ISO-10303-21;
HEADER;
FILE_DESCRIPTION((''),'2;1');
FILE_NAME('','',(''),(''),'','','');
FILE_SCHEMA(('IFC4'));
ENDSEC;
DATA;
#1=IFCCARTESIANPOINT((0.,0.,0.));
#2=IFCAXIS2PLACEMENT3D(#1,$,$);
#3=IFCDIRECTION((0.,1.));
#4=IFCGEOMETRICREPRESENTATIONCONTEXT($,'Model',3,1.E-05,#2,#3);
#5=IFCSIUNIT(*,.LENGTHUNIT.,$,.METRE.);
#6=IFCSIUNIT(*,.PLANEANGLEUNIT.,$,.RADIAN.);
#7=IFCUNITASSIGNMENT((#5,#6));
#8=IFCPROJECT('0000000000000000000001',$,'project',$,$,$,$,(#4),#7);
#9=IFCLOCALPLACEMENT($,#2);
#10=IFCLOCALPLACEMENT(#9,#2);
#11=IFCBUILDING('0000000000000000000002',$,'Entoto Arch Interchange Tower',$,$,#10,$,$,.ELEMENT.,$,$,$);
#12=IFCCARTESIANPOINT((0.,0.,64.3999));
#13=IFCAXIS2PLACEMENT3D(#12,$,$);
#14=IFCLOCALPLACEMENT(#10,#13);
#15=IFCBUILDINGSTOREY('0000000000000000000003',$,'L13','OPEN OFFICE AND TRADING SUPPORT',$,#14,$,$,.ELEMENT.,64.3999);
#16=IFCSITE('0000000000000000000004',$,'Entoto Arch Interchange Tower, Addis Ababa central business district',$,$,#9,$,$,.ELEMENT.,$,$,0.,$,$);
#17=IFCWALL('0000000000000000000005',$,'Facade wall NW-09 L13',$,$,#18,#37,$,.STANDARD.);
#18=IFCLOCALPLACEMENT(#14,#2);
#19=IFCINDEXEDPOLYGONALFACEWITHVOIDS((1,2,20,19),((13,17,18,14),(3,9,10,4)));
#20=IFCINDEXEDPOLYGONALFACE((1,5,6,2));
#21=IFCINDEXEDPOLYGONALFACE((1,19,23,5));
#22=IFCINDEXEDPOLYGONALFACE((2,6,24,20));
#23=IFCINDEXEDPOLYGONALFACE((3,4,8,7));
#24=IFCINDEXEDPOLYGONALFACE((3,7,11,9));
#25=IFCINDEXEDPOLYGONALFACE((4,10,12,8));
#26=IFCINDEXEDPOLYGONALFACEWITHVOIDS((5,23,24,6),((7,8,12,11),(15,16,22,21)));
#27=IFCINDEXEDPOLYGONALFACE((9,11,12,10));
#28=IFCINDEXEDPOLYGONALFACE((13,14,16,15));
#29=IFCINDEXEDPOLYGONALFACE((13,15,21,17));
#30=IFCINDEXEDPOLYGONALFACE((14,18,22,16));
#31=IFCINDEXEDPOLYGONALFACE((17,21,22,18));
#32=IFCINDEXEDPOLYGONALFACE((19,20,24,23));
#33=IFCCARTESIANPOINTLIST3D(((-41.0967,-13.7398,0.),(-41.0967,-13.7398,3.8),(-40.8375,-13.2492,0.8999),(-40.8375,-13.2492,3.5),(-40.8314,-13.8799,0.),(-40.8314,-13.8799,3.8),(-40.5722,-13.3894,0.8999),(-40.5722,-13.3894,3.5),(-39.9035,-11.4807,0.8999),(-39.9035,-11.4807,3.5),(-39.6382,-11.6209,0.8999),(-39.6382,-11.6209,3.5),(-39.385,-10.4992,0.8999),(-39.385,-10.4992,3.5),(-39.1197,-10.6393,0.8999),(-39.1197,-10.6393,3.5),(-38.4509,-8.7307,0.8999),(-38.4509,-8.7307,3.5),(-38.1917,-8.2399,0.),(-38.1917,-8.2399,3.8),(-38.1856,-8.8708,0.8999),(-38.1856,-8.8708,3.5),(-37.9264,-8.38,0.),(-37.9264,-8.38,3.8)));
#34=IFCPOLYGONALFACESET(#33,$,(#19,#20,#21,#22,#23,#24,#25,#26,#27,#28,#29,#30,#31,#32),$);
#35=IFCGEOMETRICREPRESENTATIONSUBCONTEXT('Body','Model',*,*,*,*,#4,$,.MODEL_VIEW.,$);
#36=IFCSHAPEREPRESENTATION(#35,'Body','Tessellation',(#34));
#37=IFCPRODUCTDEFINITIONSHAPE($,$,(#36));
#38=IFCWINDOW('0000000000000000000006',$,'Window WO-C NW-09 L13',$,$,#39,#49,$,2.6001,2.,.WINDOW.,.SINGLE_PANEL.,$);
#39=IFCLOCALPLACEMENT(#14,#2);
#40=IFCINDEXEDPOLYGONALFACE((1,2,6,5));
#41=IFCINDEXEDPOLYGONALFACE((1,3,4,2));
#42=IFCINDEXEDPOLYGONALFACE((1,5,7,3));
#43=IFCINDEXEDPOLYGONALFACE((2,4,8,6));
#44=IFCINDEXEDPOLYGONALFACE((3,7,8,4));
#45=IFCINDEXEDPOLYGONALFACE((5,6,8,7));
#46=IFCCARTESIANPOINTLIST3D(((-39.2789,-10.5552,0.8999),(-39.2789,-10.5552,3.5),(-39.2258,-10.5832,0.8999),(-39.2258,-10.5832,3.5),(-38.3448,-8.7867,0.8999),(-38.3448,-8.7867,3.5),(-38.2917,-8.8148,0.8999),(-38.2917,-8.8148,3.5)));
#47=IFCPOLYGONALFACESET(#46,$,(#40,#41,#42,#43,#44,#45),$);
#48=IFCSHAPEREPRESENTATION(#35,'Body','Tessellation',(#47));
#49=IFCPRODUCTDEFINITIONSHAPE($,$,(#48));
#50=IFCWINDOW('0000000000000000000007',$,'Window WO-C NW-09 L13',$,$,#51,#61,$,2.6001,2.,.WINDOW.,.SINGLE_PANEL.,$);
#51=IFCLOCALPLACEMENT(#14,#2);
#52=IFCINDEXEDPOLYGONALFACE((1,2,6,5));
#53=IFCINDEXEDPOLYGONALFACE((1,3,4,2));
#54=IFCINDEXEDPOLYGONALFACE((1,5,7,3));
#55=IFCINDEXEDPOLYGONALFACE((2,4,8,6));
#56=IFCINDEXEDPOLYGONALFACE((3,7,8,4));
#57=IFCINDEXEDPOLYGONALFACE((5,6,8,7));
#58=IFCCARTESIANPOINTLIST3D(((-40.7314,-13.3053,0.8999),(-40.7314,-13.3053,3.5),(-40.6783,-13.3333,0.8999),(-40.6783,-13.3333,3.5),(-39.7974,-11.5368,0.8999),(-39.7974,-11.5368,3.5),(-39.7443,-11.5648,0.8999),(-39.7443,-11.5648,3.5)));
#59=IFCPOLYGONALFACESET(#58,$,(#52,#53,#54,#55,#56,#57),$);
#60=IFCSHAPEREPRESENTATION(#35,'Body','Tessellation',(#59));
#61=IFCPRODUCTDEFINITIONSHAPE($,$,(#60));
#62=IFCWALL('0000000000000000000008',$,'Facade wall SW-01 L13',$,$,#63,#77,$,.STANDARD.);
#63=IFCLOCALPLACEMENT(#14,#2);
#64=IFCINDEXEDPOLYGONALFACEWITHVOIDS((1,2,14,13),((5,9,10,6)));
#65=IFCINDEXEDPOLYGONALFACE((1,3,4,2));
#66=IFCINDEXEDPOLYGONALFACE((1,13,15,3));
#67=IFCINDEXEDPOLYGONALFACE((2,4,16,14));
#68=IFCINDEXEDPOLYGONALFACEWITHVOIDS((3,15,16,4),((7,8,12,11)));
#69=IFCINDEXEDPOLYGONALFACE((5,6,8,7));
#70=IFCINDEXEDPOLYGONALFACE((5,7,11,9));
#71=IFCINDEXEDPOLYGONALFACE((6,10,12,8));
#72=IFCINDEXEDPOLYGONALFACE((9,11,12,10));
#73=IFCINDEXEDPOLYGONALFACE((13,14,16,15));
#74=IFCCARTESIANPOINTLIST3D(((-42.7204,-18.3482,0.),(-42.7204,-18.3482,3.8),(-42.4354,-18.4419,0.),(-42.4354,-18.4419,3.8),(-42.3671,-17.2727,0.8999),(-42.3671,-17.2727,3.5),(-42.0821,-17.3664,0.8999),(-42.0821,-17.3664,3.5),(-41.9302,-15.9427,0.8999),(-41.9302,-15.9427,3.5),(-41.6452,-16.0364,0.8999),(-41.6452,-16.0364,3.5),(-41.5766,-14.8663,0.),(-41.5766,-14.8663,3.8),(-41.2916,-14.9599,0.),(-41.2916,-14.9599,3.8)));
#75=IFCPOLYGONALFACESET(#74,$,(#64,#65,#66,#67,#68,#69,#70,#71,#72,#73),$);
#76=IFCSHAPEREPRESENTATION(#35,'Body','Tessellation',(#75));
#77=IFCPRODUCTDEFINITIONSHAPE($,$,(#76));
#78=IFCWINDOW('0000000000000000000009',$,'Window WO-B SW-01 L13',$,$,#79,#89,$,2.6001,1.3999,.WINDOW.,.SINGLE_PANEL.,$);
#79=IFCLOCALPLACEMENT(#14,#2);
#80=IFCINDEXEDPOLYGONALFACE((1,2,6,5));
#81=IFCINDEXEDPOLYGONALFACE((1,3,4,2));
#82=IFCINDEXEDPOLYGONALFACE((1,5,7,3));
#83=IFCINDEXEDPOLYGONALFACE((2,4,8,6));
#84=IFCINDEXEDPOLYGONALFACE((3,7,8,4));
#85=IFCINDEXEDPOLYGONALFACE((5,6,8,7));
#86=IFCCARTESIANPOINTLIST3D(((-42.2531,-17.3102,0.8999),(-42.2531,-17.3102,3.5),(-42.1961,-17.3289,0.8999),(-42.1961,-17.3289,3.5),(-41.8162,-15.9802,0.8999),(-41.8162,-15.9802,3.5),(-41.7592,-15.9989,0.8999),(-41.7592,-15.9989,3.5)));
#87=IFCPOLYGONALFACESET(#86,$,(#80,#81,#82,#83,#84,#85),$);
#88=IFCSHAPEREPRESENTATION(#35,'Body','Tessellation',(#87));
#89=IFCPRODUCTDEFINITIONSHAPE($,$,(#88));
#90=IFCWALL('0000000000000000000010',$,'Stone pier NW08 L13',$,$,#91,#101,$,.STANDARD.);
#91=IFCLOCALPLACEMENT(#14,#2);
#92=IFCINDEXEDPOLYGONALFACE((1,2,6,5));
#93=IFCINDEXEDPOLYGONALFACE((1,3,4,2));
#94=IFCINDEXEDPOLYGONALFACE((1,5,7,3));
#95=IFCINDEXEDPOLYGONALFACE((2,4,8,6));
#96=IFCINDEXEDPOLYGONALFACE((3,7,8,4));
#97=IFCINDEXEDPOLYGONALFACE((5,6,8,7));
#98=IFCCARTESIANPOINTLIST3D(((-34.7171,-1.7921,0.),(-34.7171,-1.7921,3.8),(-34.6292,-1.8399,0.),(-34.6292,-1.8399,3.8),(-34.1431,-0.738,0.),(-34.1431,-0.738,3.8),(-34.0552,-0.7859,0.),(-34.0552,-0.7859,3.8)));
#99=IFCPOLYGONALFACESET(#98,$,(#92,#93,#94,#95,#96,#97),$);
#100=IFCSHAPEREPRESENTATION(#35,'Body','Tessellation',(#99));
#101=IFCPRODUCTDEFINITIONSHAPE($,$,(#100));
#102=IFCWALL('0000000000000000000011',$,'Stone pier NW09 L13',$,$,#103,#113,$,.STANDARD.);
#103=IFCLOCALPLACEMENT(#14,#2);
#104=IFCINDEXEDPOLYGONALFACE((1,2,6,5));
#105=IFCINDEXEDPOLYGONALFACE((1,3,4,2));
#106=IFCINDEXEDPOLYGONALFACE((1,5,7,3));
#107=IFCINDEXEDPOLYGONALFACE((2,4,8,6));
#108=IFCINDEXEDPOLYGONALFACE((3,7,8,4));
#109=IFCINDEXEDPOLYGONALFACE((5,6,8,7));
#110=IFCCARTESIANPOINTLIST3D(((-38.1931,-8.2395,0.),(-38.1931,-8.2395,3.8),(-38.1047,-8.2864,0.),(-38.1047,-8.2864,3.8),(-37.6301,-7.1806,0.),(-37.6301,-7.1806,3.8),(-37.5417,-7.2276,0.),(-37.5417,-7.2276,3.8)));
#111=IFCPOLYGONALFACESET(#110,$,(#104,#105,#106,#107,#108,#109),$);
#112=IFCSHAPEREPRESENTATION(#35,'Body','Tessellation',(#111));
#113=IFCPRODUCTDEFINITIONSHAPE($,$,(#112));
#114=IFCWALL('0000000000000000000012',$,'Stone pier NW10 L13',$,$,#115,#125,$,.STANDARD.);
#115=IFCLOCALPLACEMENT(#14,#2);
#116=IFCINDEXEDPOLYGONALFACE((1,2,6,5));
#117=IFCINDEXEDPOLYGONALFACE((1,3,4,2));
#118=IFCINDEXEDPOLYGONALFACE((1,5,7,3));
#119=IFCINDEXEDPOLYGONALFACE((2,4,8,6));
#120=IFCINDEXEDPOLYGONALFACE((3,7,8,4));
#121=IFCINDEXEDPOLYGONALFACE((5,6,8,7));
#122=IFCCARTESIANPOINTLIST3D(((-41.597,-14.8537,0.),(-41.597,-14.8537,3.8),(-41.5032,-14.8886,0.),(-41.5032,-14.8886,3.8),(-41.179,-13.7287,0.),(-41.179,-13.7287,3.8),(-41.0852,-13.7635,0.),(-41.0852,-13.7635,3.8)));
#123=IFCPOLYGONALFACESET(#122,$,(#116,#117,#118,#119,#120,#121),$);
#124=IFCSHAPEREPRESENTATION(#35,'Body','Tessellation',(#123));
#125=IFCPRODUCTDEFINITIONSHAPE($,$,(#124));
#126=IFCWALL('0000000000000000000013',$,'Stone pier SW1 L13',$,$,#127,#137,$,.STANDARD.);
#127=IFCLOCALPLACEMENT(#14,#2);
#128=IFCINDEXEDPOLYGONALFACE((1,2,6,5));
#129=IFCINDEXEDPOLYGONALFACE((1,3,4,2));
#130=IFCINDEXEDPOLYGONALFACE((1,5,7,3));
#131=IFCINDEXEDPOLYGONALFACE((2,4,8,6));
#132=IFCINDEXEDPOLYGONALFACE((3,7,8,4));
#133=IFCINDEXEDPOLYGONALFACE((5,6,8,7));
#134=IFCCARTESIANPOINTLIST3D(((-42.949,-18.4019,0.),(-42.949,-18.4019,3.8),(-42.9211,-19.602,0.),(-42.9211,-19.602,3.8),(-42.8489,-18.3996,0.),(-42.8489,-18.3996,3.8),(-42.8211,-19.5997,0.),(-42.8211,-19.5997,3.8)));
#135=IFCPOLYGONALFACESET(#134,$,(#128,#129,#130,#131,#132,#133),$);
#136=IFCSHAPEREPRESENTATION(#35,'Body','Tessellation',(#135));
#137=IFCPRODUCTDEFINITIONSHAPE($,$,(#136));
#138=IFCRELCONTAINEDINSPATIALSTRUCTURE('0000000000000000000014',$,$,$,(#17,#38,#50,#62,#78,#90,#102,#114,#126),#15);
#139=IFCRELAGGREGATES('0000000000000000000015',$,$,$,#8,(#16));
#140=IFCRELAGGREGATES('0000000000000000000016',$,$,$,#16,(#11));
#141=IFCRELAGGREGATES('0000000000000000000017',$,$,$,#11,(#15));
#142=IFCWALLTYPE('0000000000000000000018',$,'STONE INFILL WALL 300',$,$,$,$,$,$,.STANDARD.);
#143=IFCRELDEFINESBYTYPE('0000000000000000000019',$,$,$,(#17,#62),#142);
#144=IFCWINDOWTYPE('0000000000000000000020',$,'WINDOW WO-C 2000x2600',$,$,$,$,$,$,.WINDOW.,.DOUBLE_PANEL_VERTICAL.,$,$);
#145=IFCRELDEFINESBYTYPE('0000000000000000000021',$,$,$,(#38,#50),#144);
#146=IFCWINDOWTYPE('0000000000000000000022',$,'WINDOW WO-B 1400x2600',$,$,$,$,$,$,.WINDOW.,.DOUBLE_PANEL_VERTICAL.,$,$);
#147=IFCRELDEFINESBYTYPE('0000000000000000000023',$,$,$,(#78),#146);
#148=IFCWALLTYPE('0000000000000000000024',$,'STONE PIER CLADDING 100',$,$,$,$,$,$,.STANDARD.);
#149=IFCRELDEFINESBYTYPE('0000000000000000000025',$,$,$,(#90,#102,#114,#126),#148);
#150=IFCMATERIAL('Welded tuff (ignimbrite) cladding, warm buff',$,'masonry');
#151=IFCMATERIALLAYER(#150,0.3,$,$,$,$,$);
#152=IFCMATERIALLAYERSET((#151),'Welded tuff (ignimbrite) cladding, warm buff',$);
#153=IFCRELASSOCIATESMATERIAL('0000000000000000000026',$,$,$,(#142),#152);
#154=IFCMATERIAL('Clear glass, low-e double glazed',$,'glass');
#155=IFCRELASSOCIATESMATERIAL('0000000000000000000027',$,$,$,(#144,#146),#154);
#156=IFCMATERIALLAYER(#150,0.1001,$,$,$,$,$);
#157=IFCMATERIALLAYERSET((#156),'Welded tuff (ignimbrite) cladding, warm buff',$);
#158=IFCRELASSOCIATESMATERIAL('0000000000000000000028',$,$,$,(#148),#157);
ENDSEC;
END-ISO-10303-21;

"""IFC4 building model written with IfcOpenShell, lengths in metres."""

from ifc_helpers import new_model, si_unit, direction, frame, frame_2d, origin, place, context, subcontext, project, spatial, rectangle, extrude, material, layer, layer_set, type_object, element, fill, save


model = new_model("IFC4")

# Units and contexts
model_context = context("Model", 3, precision=1e-05, world=origin(), true_north=direction((0.0, 1.0)))
body_context = subcontext(model_context, "Body", "Model", "MODEL_VIEW")
ifc_project = project(units=[si_unit("LENGTHUNIT", "METRE"), si_unit("PLANEANGLEUNIT", "RADIAN")], contexts=[model_context])

# Site, building, storey
site_placement = place(None, origin())
site = spatial("IfcSite", under=ifc_project, at=site_placement, Name="Entoto Arch Interchange Tower, Addis Ababa central business district", CompositionType="ELEMENT", RefElevation=0.0)
building_placement = place(site_placement, origin())
building = spatial("IfcBuilding", under=site, at=building_placement, Name="Entoto Arch Interchange Tower", CompositionType="ELEMENT")
storey_placement = place(building_placement, frame((0.0, 0.0, 64.3999)))
storey = spatial("IfcBuildingStorey", under=building, at=storey_placement, Name="L13", Description="OPEN OFFICE AND TRADING SUPPORT", CompositionType="ELEMENT", Elevation=64.3999)

# Wall, openings, windows
ifc_material_1 = material(Name="Welded tuff (ignimbrite) cladding, warm buff", Category="masonry")
ifc_layer_1 = layer(ifc_material_1, 0.3)
ifc_layer_set_1 = layer_set([ifc_layer_1], Name="Welded tuff (ignimbrite) cladding, warm buff")
wall_type_1 = type_object("IfcWallType", Name="STONE INFILL WALL 300", PredefinedType="STANDARD", material=ifc_layer_set_1)
ifc_material_2 = material(Name="Clear glass, low-e double glazed", Category="glass")
window_type_1 = type_object("IfcWindowType", Name="WINDOW WO-C 2000x2600", PartitioningType="DOUBLE_PANEL_VERTICAL", PredefinedType="WINDOW", material=ifc_material_2)
wall_1_placement = place(storey_placement, frame((-38.0591, -8.3101, 0.0), z_axis=(0.0, 0.0, 1.0), x_axis=(-0.467042, -0.884235, 0.0)))
wall_1 = element("IfcWall", 1, at=wall_1_placement, inside=storey, type_object=wall_type_1, Name="Facade wall NW-09 L13", PredefinedType="STANDARD", context=body_context, shape_type="SweptSolid", body=[
    extrude(rectangle(XDim=6.22, YDim=0.3, at=frame_2d((3.1099, 0.0))), origin(), (0.0, 0.0, 1.0), 3.8),
])
opening_1_placement = place(wall_1_placement, frame((0.5549, 0.0, 0.8999)))
opening_1 = element("IfcOpeningElement", 2, at=opening_1_placement, cuts=wall_1, PredefinedType="OPENING", context=body_context, shape_type="SweptSolid", body=[
    extrude(rectangle(XDim=2.0, YDim=2.6001, at=frame_2d((1.0, 1.3))), frame((0.0, 0.1602, 0.0), z_axis=(0.0, -1.0, 0.0), x_axis=(1.0, 0.0, 0.0)), (0.0, 0.0, 1.0), 0.3201),
])
opening_2_placement = place(wall_1_placement, frame((3.665, 0.0, 0.8999)))
opening_2 = element("IfcOpeningElement", 3, at=opening_2_placement, cuts=wall_1, PredefinedType="OPENING", context=body_context, shape_type="SweptSolid", body=[
    extrude(rectangle(XDim=2.0, YDim=2.6001, at=frame_2d((1.0, 1.3))), frame((0.0, 0.1602, 0.0), z_axis=(0.0, -1.0, 0.0), x_axis=(1.0, 0.0, 0.0)), (0.0, 0.0, 1.0), 0.3201),
])
window_1_placement = place(opening_1_placement, origin())
window_1 = element("IfcWindow", 4, at=window_1_placement, inside=storey, type_object=window_type_1, Name="Window WO-C NW-09 L13", OverallHeight=2.6001, OverallWidth=2.0, PartitioningType="SINGLE_PANEL", PredefinedType="WINDOW", context=body_context, shape_type="SweptSolid", body=[
    extrude(rectangle(XDim=2.0, YDim=2.6001, at=frame_2d((1.0, 1.3))), frame((0.0, 0.03, 0.0), z_axis=(0.0, -1.0, 0.0), x_axis=(1.0, 0.0, 0.0)), (0.0, 0.0, 1.0), 0.0601),
])
fill(opening_1, window_1)
window_2_placement = place(opening_2_placement, origin())
window_2 = element("IfcWindow", 5, at=window_2_placement, inside=storey, type_object=window_type_1, Name="Window WO-C NW-09 L13", OverallHeight=2.6001, OverallWidth=2.0, PartitioningType="SINGLE_PANEL", PredefinedType="WINDOW", context=body_context, shape_type="SweptSolid", body=[
    extrude(rectangle(XDim=2.0, YDim=2.6001, at=frame_2d((1.0, 1.3))), frame((0.0, 0.03, 0.0), z_axis=(0.0, -1.0, 0.0), x_axis=(1.0, 0.0, 0.0)), (0.0, 0.0, 1.0), 0.0601),
])
fill(opening_2, window_2)

# Wall, opening, window
wall_2_placement = place(storey_placement, frame((-41.4341, -14.9131, 0.0), z_axis=(0.0, 0.0, 1.0), x_axis=(-0.312088, -0.950053, 0.0)))
wall_2 = element("IfcWall", 6, at=wall_2_placement, inside=storey, type_object=wall_type_1, Name="Facade wall SW-01 L13", PredefinedType="STANDARD", context=body_context, shape_type="SweptSolid", body=[
    extrude(rectangle(XDim=3.665, YDim=0.3, at=frame_2d((1.8325, 0.0))), origin(), (0.0, 0.0, 1.0), 3.8),
])
opening_3_placement = place(wall_2_placement, frame((1.1331, 0.0, 0.8999)))
opening_3 = element("IfcOpeningElement", 7, at=opening_3_placement, cuts=wall_2, PredefinedType="OPENING", context=body_context, shape_type="SweptSolid", body=[
    extrude(rectangle(XDim=1.3999, YDim=2.6001, at=frame_2d((0.7, 1.3))), frame((0.0, 0.1602, 0.0), z_axis=(0.0, -1.0, 0.0), x_axis=(1.0, 0.0, 0.0)), (0.0, 0.0, 1.0), 0.3201),
])
window_type_2 = type_object("IfcWindowType", Name="WINDOW WO-B 1400x2600", PartitioningType="DOUBLE_PANEL_VERTICAL", PredefinedType="WINDOW", material=ifc_material_2)
window_3_placement = place(opening_3_placement, origin())
window_3 = element("IfcWindow", 8, at=window_3_placement, inside=storey, type_object=window_type_2, Name="Window WO-B SW-01 L13", OverallHeight=2.6001, OverallWidth=1.3999, PartitioningType="SINGLE_PANEL", PredefinedType="WINDOW", context=body_context, shape_type="SweptSolid", body=[
    extrude(rectangle(XDim=1.3999, YDim=2.6001, at=frame_2d((0.7, 1.3))), frame((0.0, 0.03, 0.0), z_axis=(0.0, -1.0, 0.0), x_axis=(1.0, 0.0, 0.0)), (0.0, 0.0, 1.0), 0.0601),
])
fill(opening_3, window_3)

# Walls
ifc_layer_2 = layer(ifc_material_1, 0.1001)
ifc_layer_set_2 = layer_set([ifc_layer_2], Name="Welded tuff (ignimbrite) cladding, warm buff")
wall_type_2 = type_object("IfcWallType", Name="STONE PIER CLADDING 100", PredefinedType="STANDARD", material=ifc_layer_set_2)
wall_3_placement = place(storey_placement, frame((-34.0991, -0.762, 0.0), z_axis=(0.0, 0.0, 1.0), x_axis=(-0.478268, -0.878214, 0.0)))
element("IfcWall", 9, at=wall_3_placement, inside=storey, type_object=wall_type_2, Name="Stone pier NW08 L13", PredefinedType="STANDARD", context=body_context, shape_type="SweptSolid", body=[
    extrude(rectangle(XDim=1.2002, YDim=0.1001, at=frame_2d((0.6001, 0.0))), origin(), (0.0, 0.0, 1.0), 3.8),
])
wall_4_placement = place(storey_placement, frame((-37.5859, -7.2041, 0.0), z_axis=(0.0, 0.0, 1.0), x_axis=(-0.469468, -0.88295, 0.0)))
element("IfcWall", 10, at=wall_4_placement, inside=storey, type_object=wall_type_2, Name="Stone pier NW09 L13", PredefinedType="STANDARD", context=body_context, shape_type="SweptSolid", body=[
    extrude(rectangle(XDim=1.1992, YDim=0.1001, at=frame_2d((0.5996, 0.0))), origin(), (0.0, 0.0, 1.0), 3.8),
])
wall_5_placement = place(storey_placement, frame((-41.1321, -13.7461, 0.0), z_axis=(0.0, 0.0, 1.0), x_axis=(-0.348268, -0.937395, 0.0)))
element("IfcWall", 11, at=wall_5_placement, inside=storey, type_object=wall_type_2, Name="Stone pier NW10 L13", PredefinedType="STANDARD", context=body_context, shape_type="SweptSolid", body=[
    extrude(rectangle(XDim=1.2002, YDim=0.1001, at=frame_2d((0.6001, 0.0))), origin(), (0.0, 0.0, 1.0), 3.8),
])
wall_6_placement = place(storey_placement, frame((-42.8989, -18.4009, 0.0), z_axis=(0.0, 0.0, 1.0), x_axis=(0.023183, -0.999731, 0.0)))
element("IfcWall", 12, at=wall_6_placement, inside=storey, type_object=wall_type_2, Name="Stone pier SW1 L13", PredefinedType="STANDARD", context=body_context, shape_type="SweptSolid", body=[
    extrude(rectangle(XDim=1.2004, YDim=0.1001, at=frame_2d((0.6001, 0.0))), origin(), (0.0, 0.0, 1.0), 3.8),
])

save(model, "model.ifc")
